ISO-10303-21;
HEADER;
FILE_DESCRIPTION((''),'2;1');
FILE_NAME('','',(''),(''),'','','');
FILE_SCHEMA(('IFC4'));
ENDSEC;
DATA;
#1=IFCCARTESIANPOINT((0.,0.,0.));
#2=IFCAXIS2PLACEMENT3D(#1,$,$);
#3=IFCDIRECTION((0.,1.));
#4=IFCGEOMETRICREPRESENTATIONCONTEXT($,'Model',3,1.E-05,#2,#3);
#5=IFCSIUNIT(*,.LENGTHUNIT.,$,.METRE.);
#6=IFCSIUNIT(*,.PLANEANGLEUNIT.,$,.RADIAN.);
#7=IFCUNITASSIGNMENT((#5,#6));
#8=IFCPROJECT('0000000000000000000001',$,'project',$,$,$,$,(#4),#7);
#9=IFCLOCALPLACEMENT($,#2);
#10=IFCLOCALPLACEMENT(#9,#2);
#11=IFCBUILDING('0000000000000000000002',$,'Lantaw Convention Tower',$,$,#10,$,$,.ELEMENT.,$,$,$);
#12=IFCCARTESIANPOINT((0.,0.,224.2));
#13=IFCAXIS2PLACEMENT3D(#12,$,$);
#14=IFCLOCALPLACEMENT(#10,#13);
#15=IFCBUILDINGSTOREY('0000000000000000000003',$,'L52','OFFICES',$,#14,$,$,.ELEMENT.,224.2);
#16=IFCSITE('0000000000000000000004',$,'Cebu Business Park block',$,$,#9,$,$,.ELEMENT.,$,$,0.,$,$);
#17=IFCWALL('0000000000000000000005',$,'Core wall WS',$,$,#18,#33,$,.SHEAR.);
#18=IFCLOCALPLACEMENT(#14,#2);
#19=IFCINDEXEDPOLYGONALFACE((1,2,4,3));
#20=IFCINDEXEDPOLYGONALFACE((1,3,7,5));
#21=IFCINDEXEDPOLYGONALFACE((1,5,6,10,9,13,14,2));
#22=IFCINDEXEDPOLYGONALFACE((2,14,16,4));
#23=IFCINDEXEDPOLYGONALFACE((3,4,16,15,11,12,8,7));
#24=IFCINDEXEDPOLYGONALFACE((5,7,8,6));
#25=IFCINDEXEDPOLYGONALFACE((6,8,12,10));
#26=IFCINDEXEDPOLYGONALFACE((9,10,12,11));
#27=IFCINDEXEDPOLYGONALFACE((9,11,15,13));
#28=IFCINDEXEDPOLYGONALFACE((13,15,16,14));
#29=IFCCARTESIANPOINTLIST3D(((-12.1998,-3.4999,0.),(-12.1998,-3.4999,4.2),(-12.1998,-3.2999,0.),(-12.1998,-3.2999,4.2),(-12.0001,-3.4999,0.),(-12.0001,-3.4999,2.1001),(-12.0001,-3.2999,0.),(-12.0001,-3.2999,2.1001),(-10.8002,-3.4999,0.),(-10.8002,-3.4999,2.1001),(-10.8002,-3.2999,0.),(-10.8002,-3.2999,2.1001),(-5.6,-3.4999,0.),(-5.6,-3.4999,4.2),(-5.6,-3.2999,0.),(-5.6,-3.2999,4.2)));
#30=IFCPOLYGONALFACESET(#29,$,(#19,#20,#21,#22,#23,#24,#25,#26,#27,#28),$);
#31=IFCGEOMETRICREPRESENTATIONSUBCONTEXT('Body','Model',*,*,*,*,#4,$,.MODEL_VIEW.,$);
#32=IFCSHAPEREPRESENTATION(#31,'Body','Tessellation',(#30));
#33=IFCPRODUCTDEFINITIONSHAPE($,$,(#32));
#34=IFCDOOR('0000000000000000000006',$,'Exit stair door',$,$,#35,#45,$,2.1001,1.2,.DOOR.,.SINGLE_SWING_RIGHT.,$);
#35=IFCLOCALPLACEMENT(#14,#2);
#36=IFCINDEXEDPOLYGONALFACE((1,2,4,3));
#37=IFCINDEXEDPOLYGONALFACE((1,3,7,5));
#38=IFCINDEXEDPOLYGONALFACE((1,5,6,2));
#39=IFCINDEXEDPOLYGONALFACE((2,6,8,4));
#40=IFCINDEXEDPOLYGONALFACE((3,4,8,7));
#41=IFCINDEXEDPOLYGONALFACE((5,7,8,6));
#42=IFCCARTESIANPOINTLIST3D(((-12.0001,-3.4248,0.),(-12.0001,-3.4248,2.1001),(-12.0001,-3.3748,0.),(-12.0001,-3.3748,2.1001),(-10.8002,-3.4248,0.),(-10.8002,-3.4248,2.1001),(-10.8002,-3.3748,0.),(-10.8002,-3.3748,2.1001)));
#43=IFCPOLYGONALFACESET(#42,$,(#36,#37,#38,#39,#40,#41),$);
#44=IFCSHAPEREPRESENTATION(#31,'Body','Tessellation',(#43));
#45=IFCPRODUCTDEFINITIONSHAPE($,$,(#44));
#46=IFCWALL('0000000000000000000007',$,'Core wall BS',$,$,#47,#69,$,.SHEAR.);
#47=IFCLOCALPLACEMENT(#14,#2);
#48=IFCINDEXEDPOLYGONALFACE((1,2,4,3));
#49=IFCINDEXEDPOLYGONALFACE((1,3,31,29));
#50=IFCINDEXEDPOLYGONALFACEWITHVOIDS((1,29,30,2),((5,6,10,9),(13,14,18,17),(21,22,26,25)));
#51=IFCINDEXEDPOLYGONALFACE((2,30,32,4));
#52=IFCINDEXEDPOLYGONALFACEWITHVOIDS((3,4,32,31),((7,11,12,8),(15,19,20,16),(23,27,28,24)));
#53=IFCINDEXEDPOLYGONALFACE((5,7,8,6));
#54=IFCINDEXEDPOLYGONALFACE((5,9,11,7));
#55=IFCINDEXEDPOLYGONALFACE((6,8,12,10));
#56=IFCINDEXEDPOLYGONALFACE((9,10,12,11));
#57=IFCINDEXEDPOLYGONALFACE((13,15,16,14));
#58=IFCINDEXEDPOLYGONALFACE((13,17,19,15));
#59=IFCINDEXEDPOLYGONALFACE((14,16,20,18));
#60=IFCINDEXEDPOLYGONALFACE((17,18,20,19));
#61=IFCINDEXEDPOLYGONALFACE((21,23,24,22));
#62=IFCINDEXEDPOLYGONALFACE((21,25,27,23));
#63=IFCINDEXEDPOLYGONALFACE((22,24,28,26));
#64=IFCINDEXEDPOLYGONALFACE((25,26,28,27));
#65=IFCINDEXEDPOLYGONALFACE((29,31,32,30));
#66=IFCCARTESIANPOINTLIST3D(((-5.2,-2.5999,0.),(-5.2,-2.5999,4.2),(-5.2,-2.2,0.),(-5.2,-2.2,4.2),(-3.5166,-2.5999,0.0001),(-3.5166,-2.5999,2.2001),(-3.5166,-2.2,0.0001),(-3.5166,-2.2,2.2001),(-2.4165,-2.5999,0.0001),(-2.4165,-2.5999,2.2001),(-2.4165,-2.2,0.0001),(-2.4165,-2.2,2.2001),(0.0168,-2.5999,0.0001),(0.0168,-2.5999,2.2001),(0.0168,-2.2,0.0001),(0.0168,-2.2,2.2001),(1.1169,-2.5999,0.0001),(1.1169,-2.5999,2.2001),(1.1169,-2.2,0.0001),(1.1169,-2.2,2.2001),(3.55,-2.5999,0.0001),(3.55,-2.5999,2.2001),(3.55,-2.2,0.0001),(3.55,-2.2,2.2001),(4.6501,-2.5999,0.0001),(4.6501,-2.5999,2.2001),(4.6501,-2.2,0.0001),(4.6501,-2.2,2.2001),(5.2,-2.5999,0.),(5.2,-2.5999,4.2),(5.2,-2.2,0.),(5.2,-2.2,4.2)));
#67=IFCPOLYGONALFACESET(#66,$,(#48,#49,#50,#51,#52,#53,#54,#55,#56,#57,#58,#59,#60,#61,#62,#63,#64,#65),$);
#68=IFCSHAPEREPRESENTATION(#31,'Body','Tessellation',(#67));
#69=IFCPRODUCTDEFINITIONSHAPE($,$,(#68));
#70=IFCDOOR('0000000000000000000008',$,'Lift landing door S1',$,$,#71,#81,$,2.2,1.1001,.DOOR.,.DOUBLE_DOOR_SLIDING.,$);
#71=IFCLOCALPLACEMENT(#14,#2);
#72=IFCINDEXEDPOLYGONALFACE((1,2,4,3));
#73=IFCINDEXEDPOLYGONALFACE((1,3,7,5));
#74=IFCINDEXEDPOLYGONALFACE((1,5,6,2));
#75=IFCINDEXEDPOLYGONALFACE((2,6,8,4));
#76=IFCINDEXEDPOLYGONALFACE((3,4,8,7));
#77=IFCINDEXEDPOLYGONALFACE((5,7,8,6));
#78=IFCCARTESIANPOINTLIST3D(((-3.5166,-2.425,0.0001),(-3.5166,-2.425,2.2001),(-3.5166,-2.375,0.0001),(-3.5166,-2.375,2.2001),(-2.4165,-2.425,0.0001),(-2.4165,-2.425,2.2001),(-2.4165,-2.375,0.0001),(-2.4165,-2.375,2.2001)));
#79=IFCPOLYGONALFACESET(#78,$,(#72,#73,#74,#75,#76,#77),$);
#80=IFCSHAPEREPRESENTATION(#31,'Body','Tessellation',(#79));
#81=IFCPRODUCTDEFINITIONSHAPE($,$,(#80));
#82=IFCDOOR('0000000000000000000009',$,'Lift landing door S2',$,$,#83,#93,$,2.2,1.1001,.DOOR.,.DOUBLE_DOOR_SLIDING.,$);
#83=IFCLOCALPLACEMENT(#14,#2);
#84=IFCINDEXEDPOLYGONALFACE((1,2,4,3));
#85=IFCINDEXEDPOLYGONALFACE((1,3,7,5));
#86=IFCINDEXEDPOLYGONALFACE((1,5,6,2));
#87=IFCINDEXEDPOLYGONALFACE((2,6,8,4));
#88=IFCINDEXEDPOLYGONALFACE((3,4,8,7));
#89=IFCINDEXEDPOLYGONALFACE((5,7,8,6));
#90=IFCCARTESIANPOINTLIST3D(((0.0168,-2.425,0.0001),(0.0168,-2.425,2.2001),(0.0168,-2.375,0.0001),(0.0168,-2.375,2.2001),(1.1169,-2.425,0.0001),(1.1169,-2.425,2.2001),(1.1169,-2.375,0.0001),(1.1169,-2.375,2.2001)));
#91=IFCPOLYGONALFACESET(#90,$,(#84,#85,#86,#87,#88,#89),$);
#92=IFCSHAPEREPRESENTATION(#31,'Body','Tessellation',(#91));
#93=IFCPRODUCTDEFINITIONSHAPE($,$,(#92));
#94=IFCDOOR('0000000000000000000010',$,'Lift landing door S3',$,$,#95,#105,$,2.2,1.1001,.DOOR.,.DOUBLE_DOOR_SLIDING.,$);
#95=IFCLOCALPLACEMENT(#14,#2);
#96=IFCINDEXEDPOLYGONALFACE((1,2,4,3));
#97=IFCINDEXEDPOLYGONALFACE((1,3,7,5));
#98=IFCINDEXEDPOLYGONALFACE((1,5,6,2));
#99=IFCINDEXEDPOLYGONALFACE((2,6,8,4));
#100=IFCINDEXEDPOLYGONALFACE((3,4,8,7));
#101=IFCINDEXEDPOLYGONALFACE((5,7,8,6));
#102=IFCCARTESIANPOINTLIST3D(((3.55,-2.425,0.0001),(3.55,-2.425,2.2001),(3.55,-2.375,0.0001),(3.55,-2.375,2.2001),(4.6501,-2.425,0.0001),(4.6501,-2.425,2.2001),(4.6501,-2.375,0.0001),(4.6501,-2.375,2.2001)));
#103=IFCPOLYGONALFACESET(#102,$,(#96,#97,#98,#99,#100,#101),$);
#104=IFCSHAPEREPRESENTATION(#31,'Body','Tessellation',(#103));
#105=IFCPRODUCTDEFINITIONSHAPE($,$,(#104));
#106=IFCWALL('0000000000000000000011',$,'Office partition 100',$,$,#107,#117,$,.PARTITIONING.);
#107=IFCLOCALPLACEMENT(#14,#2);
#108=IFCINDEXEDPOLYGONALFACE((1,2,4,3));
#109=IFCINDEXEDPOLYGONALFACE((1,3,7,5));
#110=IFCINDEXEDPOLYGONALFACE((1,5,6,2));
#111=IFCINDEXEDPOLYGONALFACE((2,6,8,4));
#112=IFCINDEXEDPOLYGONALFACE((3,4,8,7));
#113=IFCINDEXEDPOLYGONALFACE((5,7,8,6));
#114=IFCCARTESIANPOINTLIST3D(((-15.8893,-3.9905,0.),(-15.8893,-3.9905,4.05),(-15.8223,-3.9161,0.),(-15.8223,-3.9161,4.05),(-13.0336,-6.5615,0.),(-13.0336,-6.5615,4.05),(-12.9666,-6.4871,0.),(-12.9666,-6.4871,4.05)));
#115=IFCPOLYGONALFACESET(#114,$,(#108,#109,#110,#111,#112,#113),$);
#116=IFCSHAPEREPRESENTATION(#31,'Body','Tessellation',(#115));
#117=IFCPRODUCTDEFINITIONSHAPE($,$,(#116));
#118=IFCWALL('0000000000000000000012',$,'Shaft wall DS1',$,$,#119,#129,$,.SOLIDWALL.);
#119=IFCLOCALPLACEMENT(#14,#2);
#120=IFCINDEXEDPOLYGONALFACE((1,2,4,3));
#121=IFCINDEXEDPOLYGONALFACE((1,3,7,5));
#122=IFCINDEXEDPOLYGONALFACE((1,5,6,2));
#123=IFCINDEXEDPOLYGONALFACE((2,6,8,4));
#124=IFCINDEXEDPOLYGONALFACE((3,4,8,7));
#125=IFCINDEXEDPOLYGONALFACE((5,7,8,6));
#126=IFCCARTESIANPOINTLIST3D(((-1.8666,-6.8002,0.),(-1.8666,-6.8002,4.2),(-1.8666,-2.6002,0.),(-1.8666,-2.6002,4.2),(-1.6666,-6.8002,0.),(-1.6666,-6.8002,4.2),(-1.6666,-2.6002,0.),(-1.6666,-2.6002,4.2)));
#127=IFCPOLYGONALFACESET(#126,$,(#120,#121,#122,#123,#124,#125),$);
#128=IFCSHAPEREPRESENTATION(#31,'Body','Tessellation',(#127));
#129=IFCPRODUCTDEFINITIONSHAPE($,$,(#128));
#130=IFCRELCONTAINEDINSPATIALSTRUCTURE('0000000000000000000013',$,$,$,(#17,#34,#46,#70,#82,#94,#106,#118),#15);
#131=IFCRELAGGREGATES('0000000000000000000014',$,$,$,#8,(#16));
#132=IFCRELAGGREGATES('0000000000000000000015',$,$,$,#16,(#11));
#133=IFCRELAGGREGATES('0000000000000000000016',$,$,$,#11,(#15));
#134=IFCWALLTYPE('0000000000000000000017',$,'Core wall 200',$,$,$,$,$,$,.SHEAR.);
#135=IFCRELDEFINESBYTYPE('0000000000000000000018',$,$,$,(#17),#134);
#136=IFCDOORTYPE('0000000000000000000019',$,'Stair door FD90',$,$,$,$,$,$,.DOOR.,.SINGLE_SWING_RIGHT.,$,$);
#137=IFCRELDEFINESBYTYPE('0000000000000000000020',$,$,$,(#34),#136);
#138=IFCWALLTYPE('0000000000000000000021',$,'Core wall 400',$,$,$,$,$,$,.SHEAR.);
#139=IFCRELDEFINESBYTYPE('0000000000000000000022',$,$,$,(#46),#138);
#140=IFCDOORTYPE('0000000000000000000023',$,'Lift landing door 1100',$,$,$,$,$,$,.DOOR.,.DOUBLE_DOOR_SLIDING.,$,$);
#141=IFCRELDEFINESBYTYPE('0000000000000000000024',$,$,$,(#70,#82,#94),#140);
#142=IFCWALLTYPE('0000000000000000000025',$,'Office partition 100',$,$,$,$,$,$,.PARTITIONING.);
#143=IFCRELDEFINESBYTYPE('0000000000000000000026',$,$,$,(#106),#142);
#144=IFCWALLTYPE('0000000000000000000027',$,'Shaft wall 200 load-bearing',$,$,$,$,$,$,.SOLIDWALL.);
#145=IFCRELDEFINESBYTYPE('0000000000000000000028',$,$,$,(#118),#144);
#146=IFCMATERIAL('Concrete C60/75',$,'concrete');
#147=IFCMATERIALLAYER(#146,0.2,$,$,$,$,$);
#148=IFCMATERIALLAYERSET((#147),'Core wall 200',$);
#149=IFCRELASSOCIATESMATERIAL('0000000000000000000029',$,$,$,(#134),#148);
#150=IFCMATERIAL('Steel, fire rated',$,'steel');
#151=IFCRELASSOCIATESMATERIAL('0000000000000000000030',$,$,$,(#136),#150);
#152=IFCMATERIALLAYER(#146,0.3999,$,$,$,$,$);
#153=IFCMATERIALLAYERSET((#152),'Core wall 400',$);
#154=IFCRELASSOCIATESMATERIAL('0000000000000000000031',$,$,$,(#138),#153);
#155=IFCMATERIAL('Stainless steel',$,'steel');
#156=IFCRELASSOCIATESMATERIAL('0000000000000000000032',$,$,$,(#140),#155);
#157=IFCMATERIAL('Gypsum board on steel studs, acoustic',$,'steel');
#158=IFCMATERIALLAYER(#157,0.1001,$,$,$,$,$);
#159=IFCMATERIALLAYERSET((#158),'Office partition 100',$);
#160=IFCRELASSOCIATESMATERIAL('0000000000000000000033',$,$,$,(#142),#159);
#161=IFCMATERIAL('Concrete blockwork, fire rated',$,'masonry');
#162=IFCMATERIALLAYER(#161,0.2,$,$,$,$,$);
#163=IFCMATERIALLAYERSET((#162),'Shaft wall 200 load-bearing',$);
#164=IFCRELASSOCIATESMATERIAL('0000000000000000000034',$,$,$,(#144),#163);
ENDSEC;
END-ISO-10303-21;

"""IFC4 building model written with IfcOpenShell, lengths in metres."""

from ifc_helpers import new_model, si_unit, direction, frame, frame_2d, origin, place, context, subcontext, project, spatial, rectangle, extrude, material, layer, layer_set, type_object, element, fill, save


model = new_model("IFC4")

# Units and contexts
model_context = context("Model", 3, precision=1e-05, world=origin(), true_north=direction((0.0, 1.0)))
body_context = subcontext(model_context, "Body", "Model", "MODEL_VIEW")
ifc_project = project(units=[si_unit("LENGTHUNIT", "METRE"), si_unit("PLANEANGLEUNIT", "RADIAN")], contexts=[model_context])

# Site, building, storey
site_placement = place(None, origin())
site = spatial("IfcSite", under=ifc_project, at=site_placement, Name="Cebu Business Park block", CompositionType="ELEMENT", RefElevation=0.0)
building_placement = place(site_placement, origin())
building = spatial("IfcBuilding", under=site, at=building_placement, Name="Lantaw Convention Tower", CompositionType="ELEMENT")
storey_placement = place(building_placement, frame((0.0, 0.0, 224.2)))
storey = spatial("IfcBuildingStorey", under=building, at=storey_placement, Name="L52", Description="OFFICES", CompositionType="ELEMENT", Elevation=224.2)

# Wall, opening, door
ifc_material_1 = material(Name="Concrete C60/75", Category="concrete")
ifc_layer_1 = layer(ifc_material_1, 0.2)
ifc_layer_set_1 = layer_set([ifc_layer_1], Name="Core wall 200")
wall_type_1 = type_object("IfcWallType", Name="Core wall 200", PredefinedType="SHEAR", material=ifc_layer_set_1)
wall_1_placement = place(storey_placement, frame((-5.6001, -3.3999, 0.0), z_axis=(0.0, 0.0, 1.0), x_axis=(-1.0, 0.0, 0.0)))
wall_1 = element("IfcWall", 1, at=wall_1_placement, inside=storey, type_object=wall_type_1, Name="Core wall WS", PredefinedType="SHEAR", context=body_context, shape_type="SweptSolid", body=[
    extrude(rectangle(XDim=6.5999, YDim=0.2, at=frame_2d((3.2998, 0.0))), origin(), (0.0, 0.0, 1.0), 4.2),
])
opening_1_placement = place(wall_1_placement, frame((5.2, 0.0, 0.0)))
opening_1 = element("IfcOpeningElement", 2, at=opening_1_placement, cuts=wall_1, PredefinedType="OPENING", context=body_context, shape_type="SweptSolid", body=[
    extrude(rectangle(XDim=1.2, YDim=2.1001, at=frame_2d((0.6001, 1.05))), frame((0.0, 0.1099, 0.0), z_axis=(0.0, -1.0, 0.0), x_axis=(1.0, 0.0, 0.0)), (0.0, 0.0, 1.0), 0.22),
])
ifc_material_2 = material(Name="Steel, fire rated", Category="steel")
door_type_1 = type_object("IfcDoorType", Name="Stair door FD90", OperationType="SINGLE_SWING_RIGHT", PredefinedType="DOOR", material=ifc_material_2)
door_1_placement = place(opening_1_placement, origin())
door_1 = element("IfcDoor", 3, at=door_1_placement, inside=storey, type_object=door_type_1, Name="Exit stair door", OperationType="SINGLE_SWING_RIGHT", OverallHeight=2.1001, OverallWidth=1.2, PredefinedType="DOOR", context=body_context, shape_type="SweptSolid", body=[
    extrude(rectangle(XDim=1.2, YDim=2.1001, at=frame_2d((0.6001, 1.05))), frame((0.0, 0.0249, 0.0), z_axis=(0.0, -1.0, 0.0), x_axis=(1.0, 0.0, 0.0)), (0.0, 0.0, 1.0), 0.05),
])
fill(opening_1, door_1)

# Wall, openings, doors
ifc_layer_2 = layer(ifc_material_1, 0.3999)
ifc_layer_set_2 = layer_set([ifc_layer_2], Name="Core wall 400")
wall_type_2 = type_object("IfcWallType", Name="Core wall 400", PredefinedType="SHEAR", material=ifc_layer_set_2)
wall_2_placement = place(storey_placement, frame((-5.2, -2.3999, 0.0), z_axis=(0.0, 0.0, 1.0), x_axis=(1.0, 0.0, 0.0)))
wall_2 = element("IfcWall", 4, at=wall_2_placement, inside=storey, type_object=wall_type_2, Name="Core wall BS", PredefinedType="SHEAR", context=body_context, shape_type="SweptSolid", body=[
    extrude(rectangle(XDim=10.3999, YDim=0.3999, at=frame_2d((5.2, 0.0))), origin(), (0.0, 0.0, 1.0), 4.2),
])
opening_2_placement = place(wall_2_placement, frame((1.6833, 0.0, 0.0)))
opening_2 = element("IfcOpeningElement", 5, at=opening_2_placement, cuts=wall_2, PredefinedType="OPENING", context=body_context, shape_type="SweptSolid", body=[
    extrude(rectangle(XDim=1.1001, YDim=2.2, at=frame_2d((0.55, 1.1001))), frame((0.0, 0.21, 0.0), z_axis=(0.0, -1.0, 0.0), x_axis=(1.0, 0.0, 0.0)), (0.0, 0.0, 1.0), 0.4199),
])
opening_3_placement = place(wall_2_placement, frame((5.2168, 0.0, 0.0)))
opening_3 = element("IfcOpeningElement", 6, at=opening_3_placement, cuts=wall_2, PredefinedType="OPENING", context=body_context, shape_type="SweptSolid", body=[
    extrude(rectangle(XDim=1.1001, YDim=2.2, at=frame_2d((0.55, 1.1001))), frame((0.0, 0.21, 0.0), z_axis=(0.0, -1.0, 0.0), x_axis=(1.0, 0.0, 0.0)), (0.0, 0.0, 1.0), 0.4199),
])
opening_4_placement = place(wall_2_placement, frame((8.75, 0.0, 0.0)))
opening_4 = element("IfcOpeningElement", 7, at=opening_4_placement, cuts=wall_2, PredefinedType="OPENING", context=body_context, shape_type="SweptSolid", body=[
    extrude(rectangle(XDim=1.1001, YDim=2.2, at=frame_2d((0.55, 1.1001))), frame((0.0, 0.21, 0.0), z_axis=(0.0, -1.0, 0.0), x_axis=(1.0, 0.0, 0.0)), (0.0, 0.0, 1.0), 0.4199),
])
ifc_material_3 = material(Name="Stainless steel", Category="steel")
door_type_2 = type_object("IfcDoorType", Name="Lift landing door 1100", OperationType="DOUBLE_DOOR_SLIDING", PredefinedType="DOOR", material=ifc_material_3)
door_2_placement = place(opening_2_placement, origin())
door_2 = element("IfcDoor", 8, at=door_2_placement, inside=storey, type_object=door_type_2, Name="Lift landing door S1", OperationType="DOUBLE_DOOR_SLIDING", OverallHeight=2.2, OverallWidth=1.1001, PredefinedType="DOOR", context=body_context, shape_type="SweptSolid", body=[
    extrude(rectangle(XDim=1.1001, YDim=2.2, at=frame_2d((0.55, 1.1001))), frame((0.0, 0.0249, 0.0), z_axis=(0.0, -1.0, 0.0), x_axis=(1.0, 0.0, 0.0)), (0.0, 0.0, 1.0), 0.05),
])
fill(opening_2, door_2)
door_3_placement = place(opening_3_placement, origin())
door_3 = element("IfcDoor", 9, at=door_3_placement, inside=storey, type_object=door_type_2, Name="Lift landing door S2", OperationType="DOUBLE_DOOR_SLIDING", OverallHeight=2.2, OverallWidth=1.1001, PredefinedType="DOOR", context=body_context, shape_type="SweptSolid", body=[
    extrude(rectangle(XDim=1.1001, YDim=2.2, at=frame_2d((0.55, 1.1001))), frame((0.0, 0.0249, 0.0), z_axis=(0.0, -1.0, 0.0), x_axis=(1.0, 0.0, 0.0)), (0.0, 0.0, 1.0), 0.05),
])
fill(opening_3, door_3)
door_4_placement = place(opening_4_placement, origin())
door_4 = element("IfcDoor", 10, at=door_4_placement, inside=storey, type_object=door_type_2, Name="Lift landing door S3", OperationType="DOUBLE_DOOR_SLIDING", OverallHeight=2.2, OverallWidth=1.1001, PredefinedType="DOOR", context=body_context, shape_type="SweptSolid", body=[
    extrude(rectangle(XDim=1.1001, YDim=2.2, at=frame_2d((0.55, 1.1001))), frame((0.0, 0.0249, 0.0), z_axis=(0.0, -1.0, 0.0), x_axis=(1.0, 0.0, 0.0)), (0.0, 0.0, 1.0), 0.05),
])
fill(opening_4, door_4)

# Walls
ifc_material_4 = material(Name="Gypsum board on steel studs, acoustic", Category="steel")
ifc_layer_3 = layer(ifc_material_4, 0.1001)
ifc_layer_set_3 = layer_set([ifc_layer_3], Name="Office partition 100")
wall_type_3 = type_object("IfcWallType", Name="Office partition 100", PredefinedType="PARTITIONING", material=ifc_layer_set_3)
wall_3_placement = place(storey_placement, frame((-13.0, -6.5244, 0.0), z_axis=(0.0, 0.0, 1.0), x_axis=(-0.743177, 0.669095, 0.0)))
element("IfcWall", 11, at=wall_3_placement, inside=storey, type_object=wall_type_3, Name="Office partition 100", PredefinedType="PARTITIONING", context=body_context, shape_type="SweptSolid", body=[
    extrude(rectangle(XDim=3.8425, YDim=0.1001, at=frame_2d((1.9214, 0.0))), origin(), (0.0, 0.0, 1.0), 4.05),
])
ifc_material_5 = material(Name="Concrete blockwork, fire rated", Category="masonry")
ifc_layer_4 = layer(ifc_material_5, 0.2)
ifc_layer_set_4 = layer_set([ifc_layer_4], Name="Shaft wall 200 load-bearing")
wall_type_4 = type_object("IfcWallType", Name="Shaft wall 200 load-bearing", PredefinedType="SOLIDWALL", material=ifc_layer_set_4)
wall_4_placement = place(storey_placement, frame((-1.7666, -2.6001, 0.0), z_axis=(0.0, 0.0, 1.0), x_axis=(0.0, -1.0, 0.0)))
element("IfcWall", 12, at=wall_4_placement, inside=storey, type_object=wall_type_4, Name="Shaft wall DS1", PredefinedType="SOLIDWALL", context=body_context, shape_type="SweptSolid", body=[
    extrude(rectangle(XDim=4.2, YDim=0.2, at=frame_2d((2.1001, 0.0))), origin(), (0.0, 0.0, 1.0), 4.2),
])

save(model, "model.ifc")
